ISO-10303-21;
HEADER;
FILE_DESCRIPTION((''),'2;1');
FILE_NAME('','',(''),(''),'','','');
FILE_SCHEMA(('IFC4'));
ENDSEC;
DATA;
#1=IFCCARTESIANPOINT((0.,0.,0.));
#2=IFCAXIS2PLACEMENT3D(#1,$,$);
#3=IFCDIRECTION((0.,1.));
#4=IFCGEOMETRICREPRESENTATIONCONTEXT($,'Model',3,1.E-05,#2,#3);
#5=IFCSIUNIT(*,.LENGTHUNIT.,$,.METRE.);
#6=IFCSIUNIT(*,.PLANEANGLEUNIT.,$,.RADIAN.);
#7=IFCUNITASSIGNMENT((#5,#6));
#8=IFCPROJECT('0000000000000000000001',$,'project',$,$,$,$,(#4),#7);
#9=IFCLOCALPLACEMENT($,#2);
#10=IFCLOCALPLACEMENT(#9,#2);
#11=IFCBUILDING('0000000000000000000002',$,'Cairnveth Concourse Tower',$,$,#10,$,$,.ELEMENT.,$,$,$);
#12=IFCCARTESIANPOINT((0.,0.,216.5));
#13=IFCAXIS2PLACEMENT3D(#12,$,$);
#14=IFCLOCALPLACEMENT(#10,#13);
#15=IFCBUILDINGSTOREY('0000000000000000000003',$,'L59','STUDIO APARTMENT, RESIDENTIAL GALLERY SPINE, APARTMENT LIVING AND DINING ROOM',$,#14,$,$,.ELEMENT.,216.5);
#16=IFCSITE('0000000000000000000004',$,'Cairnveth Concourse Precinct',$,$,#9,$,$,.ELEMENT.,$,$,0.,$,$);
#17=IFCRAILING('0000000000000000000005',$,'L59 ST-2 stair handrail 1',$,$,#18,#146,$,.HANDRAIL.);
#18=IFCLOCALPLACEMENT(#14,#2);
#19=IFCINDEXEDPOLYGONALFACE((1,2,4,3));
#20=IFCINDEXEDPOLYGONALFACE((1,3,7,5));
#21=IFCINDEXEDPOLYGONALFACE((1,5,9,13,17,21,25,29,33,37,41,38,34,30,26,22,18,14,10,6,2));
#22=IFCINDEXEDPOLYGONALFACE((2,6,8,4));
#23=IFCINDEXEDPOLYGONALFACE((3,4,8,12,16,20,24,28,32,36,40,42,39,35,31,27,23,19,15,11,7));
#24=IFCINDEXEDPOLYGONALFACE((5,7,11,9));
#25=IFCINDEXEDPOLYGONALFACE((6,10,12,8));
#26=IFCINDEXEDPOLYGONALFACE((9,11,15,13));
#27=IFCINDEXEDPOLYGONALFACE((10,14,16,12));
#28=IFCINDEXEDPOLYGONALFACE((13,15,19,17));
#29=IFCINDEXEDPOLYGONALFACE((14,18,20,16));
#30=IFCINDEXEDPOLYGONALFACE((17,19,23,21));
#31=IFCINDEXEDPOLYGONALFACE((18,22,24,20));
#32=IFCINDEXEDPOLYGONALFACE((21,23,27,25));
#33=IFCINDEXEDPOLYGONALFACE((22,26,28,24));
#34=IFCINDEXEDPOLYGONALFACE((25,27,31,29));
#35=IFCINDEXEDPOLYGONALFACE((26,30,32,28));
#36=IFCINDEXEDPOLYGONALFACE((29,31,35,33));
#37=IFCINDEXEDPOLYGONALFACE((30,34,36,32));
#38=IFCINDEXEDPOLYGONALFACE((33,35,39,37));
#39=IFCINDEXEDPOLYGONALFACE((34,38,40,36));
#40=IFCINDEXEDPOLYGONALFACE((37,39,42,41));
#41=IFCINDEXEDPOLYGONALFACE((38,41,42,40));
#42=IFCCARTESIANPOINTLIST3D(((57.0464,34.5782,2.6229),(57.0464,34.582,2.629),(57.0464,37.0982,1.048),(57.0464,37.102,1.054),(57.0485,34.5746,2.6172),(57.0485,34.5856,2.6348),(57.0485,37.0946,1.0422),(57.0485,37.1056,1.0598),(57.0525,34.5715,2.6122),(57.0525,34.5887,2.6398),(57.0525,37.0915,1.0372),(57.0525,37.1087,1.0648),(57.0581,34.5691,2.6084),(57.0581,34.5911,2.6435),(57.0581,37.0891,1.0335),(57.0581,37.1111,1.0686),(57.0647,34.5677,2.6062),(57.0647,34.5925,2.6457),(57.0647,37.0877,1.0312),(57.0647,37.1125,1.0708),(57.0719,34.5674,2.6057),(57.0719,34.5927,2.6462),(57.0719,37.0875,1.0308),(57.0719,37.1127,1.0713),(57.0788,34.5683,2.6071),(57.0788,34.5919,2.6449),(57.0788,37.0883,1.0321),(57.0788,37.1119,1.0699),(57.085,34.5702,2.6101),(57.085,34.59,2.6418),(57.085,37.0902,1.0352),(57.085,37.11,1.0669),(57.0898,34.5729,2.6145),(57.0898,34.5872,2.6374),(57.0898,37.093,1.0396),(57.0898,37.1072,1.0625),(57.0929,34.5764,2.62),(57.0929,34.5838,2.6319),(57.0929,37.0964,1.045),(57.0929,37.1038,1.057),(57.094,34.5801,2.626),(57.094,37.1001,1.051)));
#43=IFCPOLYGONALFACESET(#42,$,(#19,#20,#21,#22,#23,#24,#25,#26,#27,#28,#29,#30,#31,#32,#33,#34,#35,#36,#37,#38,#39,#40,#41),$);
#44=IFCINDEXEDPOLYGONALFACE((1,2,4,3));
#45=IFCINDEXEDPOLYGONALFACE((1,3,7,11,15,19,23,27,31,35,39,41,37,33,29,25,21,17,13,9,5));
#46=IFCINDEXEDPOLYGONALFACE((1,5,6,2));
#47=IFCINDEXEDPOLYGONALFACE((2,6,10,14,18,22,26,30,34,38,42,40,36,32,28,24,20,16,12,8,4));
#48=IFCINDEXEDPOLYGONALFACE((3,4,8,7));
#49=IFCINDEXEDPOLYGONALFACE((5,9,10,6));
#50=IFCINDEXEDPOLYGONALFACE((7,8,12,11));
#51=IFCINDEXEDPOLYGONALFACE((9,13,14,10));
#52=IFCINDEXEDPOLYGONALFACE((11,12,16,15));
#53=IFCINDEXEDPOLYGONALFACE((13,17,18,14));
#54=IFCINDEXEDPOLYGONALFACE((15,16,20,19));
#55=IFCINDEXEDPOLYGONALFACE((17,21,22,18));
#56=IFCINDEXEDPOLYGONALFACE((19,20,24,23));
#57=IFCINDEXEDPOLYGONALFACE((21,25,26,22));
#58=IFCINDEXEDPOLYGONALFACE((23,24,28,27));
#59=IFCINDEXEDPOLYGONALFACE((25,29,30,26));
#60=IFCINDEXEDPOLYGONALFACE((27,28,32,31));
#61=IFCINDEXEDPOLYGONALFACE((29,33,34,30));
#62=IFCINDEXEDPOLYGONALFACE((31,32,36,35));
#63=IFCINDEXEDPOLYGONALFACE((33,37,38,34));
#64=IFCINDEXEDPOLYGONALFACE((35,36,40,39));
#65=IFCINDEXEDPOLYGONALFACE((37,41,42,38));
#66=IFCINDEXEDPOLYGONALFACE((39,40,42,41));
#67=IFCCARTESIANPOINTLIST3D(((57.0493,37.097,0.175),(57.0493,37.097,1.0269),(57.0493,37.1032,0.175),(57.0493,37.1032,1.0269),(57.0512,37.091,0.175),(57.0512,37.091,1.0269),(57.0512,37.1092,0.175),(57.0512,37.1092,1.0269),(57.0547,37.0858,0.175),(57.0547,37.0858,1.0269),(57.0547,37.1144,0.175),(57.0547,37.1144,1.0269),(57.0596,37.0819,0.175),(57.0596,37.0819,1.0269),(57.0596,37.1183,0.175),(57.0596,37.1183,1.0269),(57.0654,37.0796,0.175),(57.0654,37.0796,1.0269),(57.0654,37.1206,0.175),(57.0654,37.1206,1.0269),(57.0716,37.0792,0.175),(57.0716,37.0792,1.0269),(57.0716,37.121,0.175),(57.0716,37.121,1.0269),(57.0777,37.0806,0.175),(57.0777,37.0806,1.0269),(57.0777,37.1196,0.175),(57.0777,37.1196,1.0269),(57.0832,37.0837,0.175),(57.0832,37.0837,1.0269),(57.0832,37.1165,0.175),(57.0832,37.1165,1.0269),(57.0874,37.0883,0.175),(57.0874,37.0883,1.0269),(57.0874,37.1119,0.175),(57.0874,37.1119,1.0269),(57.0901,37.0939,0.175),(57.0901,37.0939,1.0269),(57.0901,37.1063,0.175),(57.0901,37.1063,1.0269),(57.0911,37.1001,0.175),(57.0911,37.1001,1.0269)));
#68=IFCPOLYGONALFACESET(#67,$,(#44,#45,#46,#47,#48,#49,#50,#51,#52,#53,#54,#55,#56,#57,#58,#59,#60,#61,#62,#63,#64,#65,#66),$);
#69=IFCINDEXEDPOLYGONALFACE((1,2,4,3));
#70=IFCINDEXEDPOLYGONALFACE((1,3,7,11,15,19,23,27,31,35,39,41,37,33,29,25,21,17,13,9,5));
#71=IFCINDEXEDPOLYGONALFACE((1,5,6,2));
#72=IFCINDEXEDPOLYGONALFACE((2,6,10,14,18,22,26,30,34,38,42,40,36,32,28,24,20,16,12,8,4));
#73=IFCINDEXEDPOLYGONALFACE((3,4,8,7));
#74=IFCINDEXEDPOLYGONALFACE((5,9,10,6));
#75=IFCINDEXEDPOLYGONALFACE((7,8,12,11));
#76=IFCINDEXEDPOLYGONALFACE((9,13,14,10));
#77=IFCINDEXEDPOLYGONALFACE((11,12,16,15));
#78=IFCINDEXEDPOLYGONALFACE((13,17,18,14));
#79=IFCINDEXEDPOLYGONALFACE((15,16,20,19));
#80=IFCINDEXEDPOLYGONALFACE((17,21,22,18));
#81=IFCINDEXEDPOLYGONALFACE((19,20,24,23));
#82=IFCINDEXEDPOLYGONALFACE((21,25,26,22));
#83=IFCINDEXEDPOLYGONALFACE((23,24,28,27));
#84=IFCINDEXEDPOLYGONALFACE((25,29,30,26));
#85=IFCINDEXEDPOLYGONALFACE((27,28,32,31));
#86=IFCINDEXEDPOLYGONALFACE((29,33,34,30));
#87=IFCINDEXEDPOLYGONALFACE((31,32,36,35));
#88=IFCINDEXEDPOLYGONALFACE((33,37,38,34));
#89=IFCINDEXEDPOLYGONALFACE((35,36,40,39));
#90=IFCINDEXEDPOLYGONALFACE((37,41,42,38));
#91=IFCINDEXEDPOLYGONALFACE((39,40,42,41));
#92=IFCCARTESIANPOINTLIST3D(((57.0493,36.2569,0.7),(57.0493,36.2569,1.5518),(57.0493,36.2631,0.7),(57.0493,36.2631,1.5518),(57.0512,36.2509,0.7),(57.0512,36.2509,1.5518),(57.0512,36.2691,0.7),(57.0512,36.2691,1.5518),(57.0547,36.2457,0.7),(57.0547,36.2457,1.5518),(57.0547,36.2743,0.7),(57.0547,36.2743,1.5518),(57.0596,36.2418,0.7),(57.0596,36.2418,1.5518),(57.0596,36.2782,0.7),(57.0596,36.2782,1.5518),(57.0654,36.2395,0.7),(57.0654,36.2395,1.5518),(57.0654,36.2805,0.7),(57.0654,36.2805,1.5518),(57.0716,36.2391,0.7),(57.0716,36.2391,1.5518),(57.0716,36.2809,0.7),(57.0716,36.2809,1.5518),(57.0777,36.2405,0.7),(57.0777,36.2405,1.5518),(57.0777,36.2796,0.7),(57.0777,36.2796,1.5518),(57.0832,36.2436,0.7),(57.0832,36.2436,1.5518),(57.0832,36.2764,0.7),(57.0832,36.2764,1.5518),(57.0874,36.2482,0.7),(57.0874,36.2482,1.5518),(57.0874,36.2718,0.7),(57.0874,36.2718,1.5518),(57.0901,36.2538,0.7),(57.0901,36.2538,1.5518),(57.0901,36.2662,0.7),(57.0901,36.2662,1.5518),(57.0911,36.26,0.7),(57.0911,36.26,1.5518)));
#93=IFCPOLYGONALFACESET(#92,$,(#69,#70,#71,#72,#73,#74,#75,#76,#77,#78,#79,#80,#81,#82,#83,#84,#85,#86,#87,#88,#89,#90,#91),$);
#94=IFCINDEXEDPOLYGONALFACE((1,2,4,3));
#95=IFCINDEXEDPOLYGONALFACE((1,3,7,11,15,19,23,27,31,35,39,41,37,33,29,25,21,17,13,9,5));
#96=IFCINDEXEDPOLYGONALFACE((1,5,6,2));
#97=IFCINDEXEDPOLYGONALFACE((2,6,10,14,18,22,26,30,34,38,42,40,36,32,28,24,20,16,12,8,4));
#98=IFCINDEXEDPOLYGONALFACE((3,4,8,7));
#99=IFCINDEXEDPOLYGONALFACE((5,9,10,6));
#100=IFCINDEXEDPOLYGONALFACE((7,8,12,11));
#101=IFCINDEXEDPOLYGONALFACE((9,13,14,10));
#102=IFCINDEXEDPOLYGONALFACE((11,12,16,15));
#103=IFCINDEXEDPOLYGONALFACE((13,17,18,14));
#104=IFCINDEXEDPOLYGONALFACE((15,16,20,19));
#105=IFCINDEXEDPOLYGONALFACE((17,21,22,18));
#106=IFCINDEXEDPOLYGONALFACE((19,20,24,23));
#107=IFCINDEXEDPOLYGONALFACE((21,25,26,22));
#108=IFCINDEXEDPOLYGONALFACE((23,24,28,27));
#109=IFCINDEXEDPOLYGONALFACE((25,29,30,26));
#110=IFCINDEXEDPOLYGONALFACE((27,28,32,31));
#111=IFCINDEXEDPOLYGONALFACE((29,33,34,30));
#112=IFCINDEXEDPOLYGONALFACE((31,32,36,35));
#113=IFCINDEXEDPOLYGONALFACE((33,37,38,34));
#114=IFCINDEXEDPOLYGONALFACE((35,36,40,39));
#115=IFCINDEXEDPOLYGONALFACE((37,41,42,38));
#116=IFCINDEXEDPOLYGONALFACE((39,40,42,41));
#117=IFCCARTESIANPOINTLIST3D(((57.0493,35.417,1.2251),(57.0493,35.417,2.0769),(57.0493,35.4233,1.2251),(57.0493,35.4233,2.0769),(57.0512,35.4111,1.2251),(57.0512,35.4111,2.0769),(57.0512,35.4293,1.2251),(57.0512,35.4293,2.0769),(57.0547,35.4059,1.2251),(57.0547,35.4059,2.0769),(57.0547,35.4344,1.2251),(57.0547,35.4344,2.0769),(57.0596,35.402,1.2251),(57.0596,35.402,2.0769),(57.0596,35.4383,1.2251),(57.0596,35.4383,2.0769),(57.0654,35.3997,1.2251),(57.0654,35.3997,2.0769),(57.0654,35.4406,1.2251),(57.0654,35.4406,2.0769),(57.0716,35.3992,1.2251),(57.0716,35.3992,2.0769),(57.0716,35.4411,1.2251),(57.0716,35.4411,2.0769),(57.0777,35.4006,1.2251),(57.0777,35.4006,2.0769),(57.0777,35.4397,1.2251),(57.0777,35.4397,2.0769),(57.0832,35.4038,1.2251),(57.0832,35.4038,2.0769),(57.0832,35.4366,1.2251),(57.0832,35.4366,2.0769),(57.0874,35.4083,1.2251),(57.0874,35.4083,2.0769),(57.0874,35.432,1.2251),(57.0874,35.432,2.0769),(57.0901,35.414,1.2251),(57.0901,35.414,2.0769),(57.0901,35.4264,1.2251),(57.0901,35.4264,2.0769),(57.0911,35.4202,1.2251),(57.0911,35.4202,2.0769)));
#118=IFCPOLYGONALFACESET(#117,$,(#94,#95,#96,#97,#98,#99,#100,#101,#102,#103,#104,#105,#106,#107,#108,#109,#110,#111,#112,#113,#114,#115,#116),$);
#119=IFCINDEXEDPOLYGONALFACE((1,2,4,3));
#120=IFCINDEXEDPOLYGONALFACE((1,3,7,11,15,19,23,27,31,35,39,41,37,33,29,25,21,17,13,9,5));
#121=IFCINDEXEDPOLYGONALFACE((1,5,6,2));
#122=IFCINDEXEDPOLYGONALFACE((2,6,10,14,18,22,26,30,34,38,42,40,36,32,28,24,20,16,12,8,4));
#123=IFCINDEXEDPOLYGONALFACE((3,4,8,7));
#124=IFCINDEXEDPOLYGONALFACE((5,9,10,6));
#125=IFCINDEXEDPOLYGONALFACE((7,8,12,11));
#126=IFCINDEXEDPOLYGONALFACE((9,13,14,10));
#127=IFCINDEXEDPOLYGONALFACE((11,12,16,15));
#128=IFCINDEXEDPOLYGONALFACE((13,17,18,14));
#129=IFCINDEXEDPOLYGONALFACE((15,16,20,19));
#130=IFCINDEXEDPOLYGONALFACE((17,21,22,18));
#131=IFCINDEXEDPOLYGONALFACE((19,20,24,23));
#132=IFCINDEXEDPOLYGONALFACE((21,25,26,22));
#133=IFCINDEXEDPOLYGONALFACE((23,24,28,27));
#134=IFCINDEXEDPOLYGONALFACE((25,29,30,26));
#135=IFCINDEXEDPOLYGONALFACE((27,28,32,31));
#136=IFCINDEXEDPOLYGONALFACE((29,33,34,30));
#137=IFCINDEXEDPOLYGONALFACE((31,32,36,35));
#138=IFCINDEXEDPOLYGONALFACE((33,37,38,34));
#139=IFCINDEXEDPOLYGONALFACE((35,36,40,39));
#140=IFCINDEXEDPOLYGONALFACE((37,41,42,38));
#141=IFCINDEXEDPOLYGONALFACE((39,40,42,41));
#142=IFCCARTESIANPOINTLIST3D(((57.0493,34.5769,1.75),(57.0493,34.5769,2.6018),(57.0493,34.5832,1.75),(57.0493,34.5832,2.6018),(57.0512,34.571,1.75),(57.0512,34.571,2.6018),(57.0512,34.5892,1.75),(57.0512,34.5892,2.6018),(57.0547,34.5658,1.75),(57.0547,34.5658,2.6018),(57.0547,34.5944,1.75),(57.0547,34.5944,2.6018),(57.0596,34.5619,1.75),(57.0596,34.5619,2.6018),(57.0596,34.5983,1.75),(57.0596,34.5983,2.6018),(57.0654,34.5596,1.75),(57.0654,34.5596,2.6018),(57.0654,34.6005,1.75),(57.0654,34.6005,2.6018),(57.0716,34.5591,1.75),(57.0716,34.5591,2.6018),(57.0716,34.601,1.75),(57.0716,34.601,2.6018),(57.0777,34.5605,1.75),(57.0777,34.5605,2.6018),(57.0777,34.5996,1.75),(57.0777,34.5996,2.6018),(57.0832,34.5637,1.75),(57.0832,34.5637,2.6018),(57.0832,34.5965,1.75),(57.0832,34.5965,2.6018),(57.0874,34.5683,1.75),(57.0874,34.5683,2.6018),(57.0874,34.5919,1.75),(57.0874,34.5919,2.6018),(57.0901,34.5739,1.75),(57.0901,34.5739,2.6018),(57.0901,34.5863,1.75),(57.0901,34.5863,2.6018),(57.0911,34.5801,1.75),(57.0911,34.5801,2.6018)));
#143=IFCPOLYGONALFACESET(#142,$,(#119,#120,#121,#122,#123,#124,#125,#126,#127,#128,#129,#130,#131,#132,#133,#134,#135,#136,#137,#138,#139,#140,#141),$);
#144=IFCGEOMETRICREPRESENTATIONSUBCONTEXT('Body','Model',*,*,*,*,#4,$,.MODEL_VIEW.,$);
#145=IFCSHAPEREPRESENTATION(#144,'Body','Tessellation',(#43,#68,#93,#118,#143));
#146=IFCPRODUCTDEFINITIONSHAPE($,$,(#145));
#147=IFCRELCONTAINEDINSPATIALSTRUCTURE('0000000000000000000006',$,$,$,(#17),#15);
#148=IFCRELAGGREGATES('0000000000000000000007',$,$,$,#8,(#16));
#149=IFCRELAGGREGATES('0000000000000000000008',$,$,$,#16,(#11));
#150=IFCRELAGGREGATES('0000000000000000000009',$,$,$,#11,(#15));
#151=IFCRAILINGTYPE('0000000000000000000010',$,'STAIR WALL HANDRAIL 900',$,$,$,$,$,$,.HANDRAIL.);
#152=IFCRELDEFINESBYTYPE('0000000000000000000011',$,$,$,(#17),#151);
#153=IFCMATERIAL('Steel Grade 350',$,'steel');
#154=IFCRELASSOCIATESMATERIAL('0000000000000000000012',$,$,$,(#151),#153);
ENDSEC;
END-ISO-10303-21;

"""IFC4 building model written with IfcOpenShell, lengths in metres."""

from ifc_helpers import new_model, si_unit, direction, frame, origin, origin_2d, place, context, subcontext, project, spatial, circle, extrude, material, type_object, element, save


model = new_model("IFC4")

# Units and contexts
model_context = context("Model", 3, precision=1e-05, world=origin(), true_north=direction((0.0, 1.0)))
body_context = subcontext(model_context, "Body", "Model", "MODEL_VIEW")
ifc_project = project(units=[si_unit("LENGTHUNIT", "METRE"), si_unit("PLANEANGLEUNIT", "RADIAN")], contexts=[model_context])

# Site, building, storey
site_placement = place(None, origin())
site = spatial("IfcSite", under=ifc_project, at=site_placement, Name="Cairnveth Concourse Precinct", CompositionType="ELEMENT", RefElevation=0.0)
building_placement = place(site_placement, origin())
building = spatial("IfcBuilding", under=site, at=building_placement, Name="Cairnveth Concourse Tower", CompositionType="ELEMENT")
storey_placement = place(building_placement, frame((0.0, 0.0, 216.5)))
storey = spatial("IfcBuildingStorey", under=building, at=storey_placement, Name="L59", Description="STUDIO APARTMENT, RESIDENTIAL GALLERY SPINE, APARTMENT LIVING AND DINING ROOM", CompositionType="ELEMENT", Elevation=216.5)

# Shared definitions
ifc_material_1 = material(Name="Steel Grade 350", Category="steel")

# Railing
railing_type_1 = type_object("IfcRailingType", Name="STAIR WALL HANDRAIL 900", PredefinedType="HANDRAIL", material=ifc_material_1)
railing_1_placement = place(storey_placement, frame((57.0701, 37.1001, 0.175)))
element("IfcRailing", 1, at=railing_1_placement, inside=storey, type_object=railing_type_1, Name="L59 ST-2 stair handrail 1", PredefinedType="HANDRAIL", context=body_context, shape_type="SweptSolid", body=[
    extrude(circle(Radius=0.0239, at=origin_2d()), frame((0.0, 0.0, 0.876), z_axis=(0.0, -0.848008, 0.529984), x_axis=(1.0, 0.0, 0.0)), (0.0, 0.0, 1.0), 2.9717),
    extrude(circle(Radius=0.021, at=origin_2d()), origin(), (0.0, 0.0, 1.0), 0.8518),
    extrude(circle(Radius=0.021, at=origin_2d()), frame((0.0, -0.8401, 0.5249)), (0.0, 0.0, 1.0), 0.8518),
    extrude(circle(Radius=0.021, at=origin_2d()), frame((0.0, -1.6799, 1.05)), (0.0, 0.0, 1.0), 0.8518),
    extrude(circle(Radius=0.021, at=origin_2d()), frame((0.0, -2.52, 1.575)), (0.0, 0.0, 1.0), 0.8518),
])

save(model, "model.ifc")
